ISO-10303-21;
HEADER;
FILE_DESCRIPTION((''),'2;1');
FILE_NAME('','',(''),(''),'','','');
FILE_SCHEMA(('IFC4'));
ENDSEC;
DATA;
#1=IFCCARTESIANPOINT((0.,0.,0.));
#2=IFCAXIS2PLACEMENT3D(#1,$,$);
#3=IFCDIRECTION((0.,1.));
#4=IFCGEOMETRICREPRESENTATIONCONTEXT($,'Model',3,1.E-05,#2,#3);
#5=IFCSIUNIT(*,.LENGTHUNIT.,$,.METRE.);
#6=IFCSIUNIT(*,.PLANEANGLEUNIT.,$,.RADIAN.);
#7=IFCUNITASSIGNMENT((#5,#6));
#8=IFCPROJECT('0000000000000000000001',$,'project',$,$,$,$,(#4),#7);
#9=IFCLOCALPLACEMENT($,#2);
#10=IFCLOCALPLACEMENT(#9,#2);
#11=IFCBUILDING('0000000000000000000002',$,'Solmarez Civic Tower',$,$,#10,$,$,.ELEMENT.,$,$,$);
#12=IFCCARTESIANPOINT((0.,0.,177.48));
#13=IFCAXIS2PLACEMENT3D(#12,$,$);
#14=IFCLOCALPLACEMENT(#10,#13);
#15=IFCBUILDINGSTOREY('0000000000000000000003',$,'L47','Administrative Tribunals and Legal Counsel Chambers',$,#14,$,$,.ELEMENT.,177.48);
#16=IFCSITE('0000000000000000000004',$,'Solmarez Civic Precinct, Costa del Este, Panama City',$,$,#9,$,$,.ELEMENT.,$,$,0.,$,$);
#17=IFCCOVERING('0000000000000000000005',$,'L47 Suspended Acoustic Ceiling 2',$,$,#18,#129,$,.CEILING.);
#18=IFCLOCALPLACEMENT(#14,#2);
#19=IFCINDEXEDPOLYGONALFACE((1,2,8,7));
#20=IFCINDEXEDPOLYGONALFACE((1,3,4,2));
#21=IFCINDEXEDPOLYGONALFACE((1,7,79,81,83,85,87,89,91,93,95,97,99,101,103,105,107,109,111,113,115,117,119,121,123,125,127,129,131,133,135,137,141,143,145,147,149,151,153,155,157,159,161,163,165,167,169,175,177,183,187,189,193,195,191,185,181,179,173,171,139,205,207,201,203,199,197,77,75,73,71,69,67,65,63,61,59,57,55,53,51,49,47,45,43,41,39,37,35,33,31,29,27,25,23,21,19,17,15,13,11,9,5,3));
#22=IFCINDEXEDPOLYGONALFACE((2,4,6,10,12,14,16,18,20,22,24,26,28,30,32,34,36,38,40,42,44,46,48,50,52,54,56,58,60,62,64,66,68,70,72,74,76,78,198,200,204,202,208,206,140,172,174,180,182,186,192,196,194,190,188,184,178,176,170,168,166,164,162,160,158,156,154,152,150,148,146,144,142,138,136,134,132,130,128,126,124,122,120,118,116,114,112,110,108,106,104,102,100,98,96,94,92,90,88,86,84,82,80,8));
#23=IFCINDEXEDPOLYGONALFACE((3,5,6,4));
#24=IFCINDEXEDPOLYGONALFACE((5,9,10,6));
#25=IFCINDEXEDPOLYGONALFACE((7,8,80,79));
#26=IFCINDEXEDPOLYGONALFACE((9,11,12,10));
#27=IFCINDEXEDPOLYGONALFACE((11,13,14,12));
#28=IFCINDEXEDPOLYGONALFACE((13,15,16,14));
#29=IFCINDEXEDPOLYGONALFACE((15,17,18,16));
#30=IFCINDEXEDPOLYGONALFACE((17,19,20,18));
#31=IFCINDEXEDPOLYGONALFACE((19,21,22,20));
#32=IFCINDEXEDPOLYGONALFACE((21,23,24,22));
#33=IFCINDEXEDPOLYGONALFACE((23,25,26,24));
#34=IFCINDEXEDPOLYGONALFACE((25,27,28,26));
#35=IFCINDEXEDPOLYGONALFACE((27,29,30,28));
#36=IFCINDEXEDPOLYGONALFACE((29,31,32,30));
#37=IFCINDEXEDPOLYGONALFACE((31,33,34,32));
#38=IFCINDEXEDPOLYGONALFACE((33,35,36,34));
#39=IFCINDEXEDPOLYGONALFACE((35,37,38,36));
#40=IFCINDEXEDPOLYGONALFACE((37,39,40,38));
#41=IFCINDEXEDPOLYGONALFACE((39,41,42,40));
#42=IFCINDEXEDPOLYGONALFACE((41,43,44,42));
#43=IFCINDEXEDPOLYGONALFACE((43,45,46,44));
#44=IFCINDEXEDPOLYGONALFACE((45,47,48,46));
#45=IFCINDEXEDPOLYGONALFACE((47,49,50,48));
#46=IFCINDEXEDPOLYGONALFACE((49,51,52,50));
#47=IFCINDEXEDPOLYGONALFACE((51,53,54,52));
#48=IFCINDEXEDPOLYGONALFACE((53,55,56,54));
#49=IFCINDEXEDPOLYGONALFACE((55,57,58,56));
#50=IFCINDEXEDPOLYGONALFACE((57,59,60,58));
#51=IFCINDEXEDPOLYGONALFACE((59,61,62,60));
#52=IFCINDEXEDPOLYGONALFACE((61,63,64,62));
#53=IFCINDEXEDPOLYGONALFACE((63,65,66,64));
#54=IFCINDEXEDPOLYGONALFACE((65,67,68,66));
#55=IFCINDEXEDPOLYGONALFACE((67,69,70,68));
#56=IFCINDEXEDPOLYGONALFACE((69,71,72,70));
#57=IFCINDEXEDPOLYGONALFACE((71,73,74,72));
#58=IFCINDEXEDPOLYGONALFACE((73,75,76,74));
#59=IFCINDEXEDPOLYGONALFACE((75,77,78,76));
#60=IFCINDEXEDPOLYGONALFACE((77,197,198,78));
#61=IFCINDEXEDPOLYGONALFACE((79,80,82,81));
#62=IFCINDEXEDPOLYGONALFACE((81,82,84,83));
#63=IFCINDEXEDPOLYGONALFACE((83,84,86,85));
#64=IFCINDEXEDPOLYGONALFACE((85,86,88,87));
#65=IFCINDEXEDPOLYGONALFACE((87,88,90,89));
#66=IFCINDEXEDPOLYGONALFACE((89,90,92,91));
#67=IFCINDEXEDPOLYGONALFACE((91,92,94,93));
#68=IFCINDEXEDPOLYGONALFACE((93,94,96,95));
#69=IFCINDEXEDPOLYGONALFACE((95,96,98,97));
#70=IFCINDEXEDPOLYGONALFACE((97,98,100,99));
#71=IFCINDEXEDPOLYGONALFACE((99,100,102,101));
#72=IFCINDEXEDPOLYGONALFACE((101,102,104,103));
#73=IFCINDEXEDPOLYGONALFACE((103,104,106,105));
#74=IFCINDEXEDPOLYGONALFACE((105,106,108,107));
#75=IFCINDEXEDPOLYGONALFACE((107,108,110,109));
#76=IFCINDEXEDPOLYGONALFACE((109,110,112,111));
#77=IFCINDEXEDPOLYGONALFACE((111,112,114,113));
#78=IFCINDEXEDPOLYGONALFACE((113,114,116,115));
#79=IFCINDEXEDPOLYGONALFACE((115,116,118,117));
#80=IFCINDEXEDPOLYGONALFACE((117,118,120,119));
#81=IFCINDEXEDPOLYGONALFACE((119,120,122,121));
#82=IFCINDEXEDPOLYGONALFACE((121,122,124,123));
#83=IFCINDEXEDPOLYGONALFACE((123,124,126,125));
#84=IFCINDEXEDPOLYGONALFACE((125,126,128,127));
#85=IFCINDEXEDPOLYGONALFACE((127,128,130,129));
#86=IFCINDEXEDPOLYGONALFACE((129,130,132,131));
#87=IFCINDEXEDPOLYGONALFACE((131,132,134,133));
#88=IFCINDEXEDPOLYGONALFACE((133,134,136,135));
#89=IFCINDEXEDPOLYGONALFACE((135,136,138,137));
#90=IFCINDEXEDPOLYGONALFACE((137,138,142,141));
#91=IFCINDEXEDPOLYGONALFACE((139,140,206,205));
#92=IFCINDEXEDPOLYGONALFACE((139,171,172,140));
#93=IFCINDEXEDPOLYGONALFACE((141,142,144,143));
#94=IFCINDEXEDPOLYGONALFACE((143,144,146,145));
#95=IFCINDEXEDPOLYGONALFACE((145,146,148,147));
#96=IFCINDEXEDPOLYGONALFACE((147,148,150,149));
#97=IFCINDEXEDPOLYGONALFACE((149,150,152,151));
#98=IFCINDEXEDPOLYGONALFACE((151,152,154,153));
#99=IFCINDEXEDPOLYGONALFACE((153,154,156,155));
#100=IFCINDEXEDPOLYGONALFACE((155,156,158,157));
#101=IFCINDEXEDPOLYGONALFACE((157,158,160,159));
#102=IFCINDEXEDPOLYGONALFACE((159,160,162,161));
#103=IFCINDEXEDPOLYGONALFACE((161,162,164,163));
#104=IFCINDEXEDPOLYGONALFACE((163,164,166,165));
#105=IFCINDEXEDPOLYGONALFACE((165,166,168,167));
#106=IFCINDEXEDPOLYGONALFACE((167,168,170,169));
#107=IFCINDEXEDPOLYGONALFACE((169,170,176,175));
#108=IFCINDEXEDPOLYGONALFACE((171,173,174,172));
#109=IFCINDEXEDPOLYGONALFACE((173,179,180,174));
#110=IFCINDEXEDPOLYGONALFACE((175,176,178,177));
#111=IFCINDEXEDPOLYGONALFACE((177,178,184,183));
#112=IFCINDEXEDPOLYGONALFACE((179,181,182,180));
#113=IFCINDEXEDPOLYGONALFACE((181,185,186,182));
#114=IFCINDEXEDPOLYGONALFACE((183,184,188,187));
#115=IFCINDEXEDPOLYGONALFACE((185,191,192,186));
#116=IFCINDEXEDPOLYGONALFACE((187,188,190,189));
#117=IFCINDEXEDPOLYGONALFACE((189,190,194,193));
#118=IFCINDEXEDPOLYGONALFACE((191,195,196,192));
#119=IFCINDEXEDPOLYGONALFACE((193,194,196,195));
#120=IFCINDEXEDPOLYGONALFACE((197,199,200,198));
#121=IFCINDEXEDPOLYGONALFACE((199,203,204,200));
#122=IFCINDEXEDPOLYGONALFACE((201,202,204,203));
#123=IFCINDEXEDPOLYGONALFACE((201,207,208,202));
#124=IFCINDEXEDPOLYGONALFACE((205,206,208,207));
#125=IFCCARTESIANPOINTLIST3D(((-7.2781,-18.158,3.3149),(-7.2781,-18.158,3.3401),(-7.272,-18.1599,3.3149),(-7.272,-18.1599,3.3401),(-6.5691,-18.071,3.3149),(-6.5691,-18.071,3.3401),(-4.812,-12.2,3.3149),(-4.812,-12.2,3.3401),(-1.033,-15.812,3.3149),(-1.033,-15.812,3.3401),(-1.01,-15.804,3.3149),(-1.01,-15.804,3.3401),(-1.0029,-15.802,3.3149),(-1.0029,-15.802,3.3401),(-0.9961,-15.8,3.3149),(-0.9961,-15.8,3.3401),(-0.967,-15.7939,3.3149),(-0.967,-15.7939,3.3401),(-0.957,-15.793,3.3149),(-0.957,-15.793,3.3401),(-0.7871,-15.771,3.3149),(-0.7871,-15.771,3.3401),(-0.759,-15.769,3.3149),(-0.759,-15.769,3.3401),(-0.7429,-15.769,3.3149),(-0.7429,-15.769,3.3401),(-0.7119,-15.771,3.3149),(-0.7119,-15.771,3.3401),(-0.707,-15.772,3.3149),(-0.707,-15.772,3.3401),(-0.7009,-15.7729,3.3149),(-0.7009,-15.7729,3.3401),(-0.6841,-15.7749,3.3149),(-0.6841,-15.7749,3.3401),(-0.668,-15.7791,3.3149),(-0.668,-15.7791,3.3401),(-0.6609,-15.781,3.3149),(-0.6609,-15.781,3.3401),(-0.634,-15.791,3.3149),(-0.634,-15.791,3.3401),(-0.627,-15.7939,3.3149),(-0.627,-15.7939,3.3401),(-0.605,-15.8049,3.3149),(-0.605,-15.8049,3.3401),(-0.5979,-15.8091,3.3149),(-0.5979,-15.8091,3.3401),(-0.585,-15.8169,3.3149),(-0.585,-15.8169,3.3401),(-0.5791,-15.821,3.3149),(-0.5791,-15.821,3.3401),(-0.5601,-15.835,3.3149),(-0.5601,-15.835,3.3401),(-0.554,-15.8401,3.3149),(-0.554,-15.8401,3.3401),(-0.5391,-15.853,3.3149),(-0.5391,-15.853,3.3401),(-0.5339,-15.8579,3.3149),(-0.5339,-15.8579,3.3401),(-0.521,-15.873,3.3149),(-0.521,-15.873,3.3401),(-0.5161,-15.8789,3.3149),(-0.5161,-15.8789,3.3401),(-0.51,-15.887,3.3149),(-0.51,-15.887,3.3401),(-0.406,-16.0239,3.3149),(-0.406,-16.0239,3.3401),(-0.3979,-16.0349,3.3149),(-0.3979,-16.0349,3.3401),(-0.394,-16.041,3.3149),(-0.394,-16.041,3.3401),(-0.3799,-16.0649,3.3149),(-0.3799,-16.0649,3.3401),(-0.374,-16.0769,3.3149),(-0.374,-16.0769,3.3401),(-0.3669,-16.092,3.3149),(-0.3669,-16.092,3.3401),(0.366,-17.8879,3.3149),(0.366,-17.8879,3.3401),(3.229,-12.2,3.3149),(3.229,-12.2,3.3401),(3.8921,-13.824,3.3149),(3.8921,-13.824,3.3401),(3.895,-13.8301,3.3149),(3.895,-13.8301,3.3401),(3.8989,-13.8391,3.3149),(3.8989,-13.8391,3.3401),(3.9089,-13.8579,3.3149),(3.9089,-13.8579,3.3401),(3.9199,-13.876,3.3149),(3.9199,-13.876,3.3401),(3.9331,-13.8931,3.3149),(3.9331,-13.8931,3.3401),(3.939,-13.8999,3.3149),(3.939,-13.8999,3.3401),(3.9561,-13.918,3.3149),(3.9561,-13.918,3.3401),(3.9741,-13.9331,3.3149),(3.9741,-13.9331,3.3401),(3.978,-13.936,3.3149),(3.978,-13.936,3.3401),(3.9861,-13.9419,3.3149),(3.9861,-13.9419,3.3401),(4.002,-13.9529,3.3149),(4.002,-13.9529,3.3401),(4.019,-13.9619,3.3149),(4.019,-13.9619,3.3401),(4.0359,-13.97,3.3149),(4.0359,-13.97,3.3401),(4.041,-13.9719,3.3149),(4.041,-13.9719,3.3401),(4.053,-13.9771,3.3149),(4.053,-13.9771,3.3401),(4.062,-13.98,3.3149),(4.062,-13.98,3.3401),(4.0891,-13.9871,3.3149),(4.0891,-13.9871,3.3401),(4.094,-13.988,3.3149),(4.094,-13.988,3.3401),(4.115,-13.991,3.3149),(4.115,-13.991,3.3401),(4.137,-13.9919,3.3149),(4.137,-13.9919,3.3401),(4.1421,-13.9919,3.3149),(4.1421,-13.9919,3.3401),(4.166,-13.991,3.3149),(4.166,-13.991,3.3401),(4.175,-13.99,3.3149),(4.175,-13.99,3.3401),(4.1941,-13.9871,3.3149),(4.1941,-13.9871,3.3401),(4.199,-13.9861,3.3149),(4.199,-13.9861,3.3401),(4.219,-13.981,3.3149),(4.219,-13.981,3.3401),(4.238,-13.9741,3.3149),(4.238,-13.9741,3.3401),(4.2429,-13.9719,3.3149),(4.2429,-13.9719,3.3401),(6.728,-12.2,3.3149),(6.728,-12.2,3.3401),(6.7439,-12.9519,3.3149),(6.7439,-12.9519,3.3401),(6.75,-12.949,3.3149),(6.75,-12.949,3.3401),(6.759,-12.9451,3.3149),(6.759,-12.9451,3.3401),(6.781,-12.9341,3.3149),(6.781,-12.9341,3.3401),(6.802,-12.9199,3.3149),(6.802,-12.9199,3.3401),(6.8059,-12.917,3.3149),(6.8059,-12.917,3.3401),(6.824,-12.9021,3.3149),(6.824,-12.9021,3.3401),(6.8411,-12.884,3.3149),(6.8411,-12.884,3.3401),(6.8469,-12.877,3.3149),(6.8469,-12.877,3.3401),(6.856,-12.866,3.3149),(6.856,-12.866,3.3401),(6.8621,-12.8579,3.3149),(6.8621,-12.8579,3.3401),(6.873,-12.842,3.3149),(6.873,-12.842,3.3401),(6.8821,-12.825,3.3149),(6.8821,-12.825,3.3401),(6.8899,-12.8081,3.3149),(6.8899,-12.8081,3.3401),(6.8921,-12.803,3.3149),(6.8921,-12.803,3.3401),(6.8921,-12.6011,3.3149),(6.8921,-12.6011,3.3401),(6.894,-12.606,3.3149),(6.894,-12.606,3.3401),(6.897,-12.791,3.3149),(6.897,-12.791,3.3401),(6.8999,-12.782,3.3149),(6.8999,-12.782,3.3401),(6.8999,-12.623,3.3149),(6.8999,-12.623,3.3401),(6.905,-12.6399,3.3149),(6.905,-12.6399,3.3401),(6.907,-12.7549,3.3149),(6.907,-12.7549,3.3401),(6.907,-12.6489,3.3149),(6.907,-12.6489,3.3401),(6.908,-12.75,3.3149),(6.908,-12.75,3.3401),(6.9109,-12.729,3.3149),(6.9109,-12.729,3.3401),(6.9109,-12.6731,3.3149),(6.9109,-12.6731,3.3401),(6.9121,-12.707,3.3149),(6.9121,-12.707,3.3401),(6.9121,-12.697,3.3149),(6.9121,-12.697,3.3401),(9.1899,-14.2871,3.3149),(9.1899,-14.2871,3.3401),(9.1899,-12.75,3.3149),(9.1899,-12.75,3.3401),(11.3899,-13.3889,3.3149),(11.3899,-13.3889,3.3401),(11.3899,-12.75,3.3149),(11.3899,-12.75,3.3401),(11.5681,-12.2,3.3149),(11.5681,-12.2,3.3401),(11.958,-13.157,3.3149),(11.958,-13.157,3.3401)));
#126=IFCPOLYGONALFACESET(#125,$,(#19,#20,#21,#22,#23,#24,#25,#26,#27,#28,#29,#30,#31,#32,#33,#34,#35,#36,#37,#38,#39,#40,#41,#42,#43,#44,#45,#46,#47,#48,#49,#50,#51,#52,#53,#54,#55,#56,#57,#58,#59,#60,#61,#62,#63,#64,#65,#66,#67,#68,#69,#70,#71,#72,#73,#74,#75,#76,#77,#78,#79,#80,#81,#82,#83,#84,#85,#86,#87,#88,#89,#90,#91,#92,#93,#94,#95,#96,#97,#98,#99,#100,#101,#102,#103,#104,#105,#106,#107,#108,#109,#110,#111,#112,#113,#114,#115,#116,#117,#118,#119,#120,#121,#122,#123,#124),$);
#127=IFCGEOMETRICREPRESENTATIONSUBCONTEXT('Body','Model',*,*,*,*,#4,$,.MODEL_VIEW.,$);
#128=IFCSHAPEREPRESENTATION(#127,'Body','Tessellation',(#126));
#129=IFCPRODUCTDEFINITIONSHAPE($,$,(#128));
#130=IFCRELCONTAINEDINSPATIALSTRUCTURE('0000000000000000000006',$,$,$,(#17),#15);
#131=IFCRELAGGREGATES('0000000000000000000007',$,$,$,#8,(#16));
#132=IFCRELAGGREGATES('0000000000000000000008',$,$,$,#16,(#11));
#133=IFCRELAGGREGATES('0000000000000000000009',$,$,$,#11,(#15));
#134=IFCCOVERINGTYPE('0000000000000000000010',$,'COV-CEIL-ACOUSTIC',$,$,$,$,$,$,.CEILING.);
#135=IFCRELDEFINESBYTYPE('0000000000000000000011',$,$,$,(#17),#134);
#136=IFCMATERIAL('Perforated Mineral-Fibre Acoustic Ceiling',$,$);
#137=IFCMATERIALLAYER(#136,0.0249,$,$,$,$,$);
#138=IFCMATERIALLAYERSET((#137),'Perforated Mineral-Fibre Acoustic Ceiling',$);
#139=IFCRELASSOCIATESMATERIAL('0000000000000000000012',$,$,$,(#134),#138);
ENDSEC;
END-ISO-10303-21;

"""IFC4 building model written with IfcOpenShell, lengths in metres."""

from ifc_helpers import new_model, si_unit, direction, frame, origin, place, context, subcontext, project, spatial, polyline, outline, extrude, material, layer, layer_set, type_object, element, save


model = new_model("IFC4")

# Units and contexts
model_context = context("Model", 3, precision=1e-05, world=origin(), true_north=direction((0.0, 1.0)))
body_context = subcontext(model_context, "Body", "Model", "MODEL_VIEW")
ifc_project = project(units=[si_unit("LENGTHUNIT", "METRE"), si_unit("PLANEANGLEUNIT", "RADIAN")], contexts=[model_context])

# Site, building, storey
site_placement = place(None, origin())
site = spatial("IfcSite", under=ifc_project, at=site_placement, Name="Solmarez Civic Precinct, Costa del Este, Panama City", CompositionType="ELEMENT", RefElevation=0.0)
building_placement = place(site_placement, origin())
building = spatial("IfcBuilding", under=site, at=building_placement, Name="Solmarez Civic Tower", CompositionType="ELEMENT")
storey_placement = place(building_placement, frame((0.0, 0.0, 177.48)))
storey = spatial("IfcBuildingStorey", under=building, at=storey_placement, Name="L47", Description="Administrative Tribunals and Legal Counsel Chambers", CompositionType="ELEMENT", Elevation=177.48)

# Covering
ifc_material_1 = material(Name="Perforated Mineral-Fibre Acoustic Ceiling")
ifc_layer_1 = layer(ifc_material_1, 0.0249)
ifc_layer_set_1 = layer_set([ifc_layer_1], Name="Perforated Mineral-Fibre Acoustic Ceiling")
covering_type_1 = type_object("IfcCoveringType", Name="COV-CEIL-ACOUSTIC", PredefinedType="CEILING", material=ifc_layer_set_1)
covering_1_placement = place(storey_placement, frame((0.0, 0.0, 3.3149)))
element("IfcCovering", 1, at=covering_1_placement, inside=storey, type_object=covering_type_1, Name="L47 Suspended Acoustic Ceiling 2", PredefinedType="CEILING", context=body_context, shape_type="SweptSolid", body=[
    extrude(outline(polyline([(11.5681, -12.2), (6.728, -12.2), (6.8921, -12.6011), (6.894, -12.606), (6.8999, -12.623), (6.905, -12.6399), (6.907, -12.6489), (6.9109, -12.6731), (6.9121, -12.697), (6.9121, -12.707), (6.9109, -12.729), (6.908, -12.75), (6.907, -12.7549), (6.8999, -12.782), (6.897, -12.791), (6.8921, -12.803), (6.8899, -12.8081), (6.8821, -12.825), (6.873, -12.842), (6.8621, -12.8579), (6.856, -12.866), (6.8469, -12.877), (6.8411, -12.884), (6.824, -12.9021), (6.8059, -12.917), (6.802, -12.9199), (6.781, -12.9341), (6.759, -12.9451), (6.75, -12.949), (6.7439, -12.9519), (4.2429, -13.9719), (4.238, -13.9741), (4.219, -13.981), (4.199, -13.9861), (4.1941, -13.9871), (4.175, -13.99), (4.166, -13.991), (4.1421, -13.9919), (4.137, -13.9919), (4.115, -13.991), (4.094, -13.988), (4.0891, -13.9871), (4.062, -13.98), (4.053, -13.9771), (4.041, -13.9719), (4.0359, -13.97), (4.019, -13.9619), (4.002, -13.9529), (3.9861, -13.9419), (3.978, -13.936), (3.9741, -13.9331), (3.9561, -13.918), (3.939, -13.8999), (3.9331, -13.8931), (3.9199, -13.876), (3.9089, -13.8579), (3.8989, -13.8391), (3.895, -13.8301), (3.8921, -13.824), (3.229, -12.2), (-4.812, -12.2), (-7.2781, -18.158), (-7.272, -18.1599), (-6.5691, -18.071), (-1.033, -15.812), (-1.01, -15.804), (-1.0029, -15.802), (-0.9961, -15.8), (-0.967, -15.7939), (-0.957, -15.793), (-0.7871, -15.771), (-0.759, -15.769), (-0.7429, -15.769), (-0.7119, -15.771), (-0.707, -15.772), (-0.7009, -15.7729), (-0.6841, -15.7749), (-0.668, -15.7791), (-0.6609, -15.781), (-0.634, -15.791), (-0.627, -15.7939), (-0.605, -15.8049), (-0.5979, -15.8091), (-0.585, -15.8169), (-0.5791, -15.821), (-0.5601, -15.835), (-0.554, -15.8401), (-0.5391, -15.853), (-0.5339, -15.8579), (-0.521, -15.873), (-0.5161, -15.8789), (-0.51, -15.887), (-0.406, -16.0239), (-0.3979, -16.0349), (-0.394, -16.041), (-0.3799, -16.0649), (-0.374, -16.0769), (-0.3669, -16.092), (0.366, -17.8879), (9.1899, -14.2871), (9.1899, -12.75), (11.3899, -12.75), (11.3899, -13.3889), (11.958, -13.157), (11.5681, -12.2)])), origin(), (0.0, 0.0, 1.0), 0.0251),
])

save(model, "model.ifc")
